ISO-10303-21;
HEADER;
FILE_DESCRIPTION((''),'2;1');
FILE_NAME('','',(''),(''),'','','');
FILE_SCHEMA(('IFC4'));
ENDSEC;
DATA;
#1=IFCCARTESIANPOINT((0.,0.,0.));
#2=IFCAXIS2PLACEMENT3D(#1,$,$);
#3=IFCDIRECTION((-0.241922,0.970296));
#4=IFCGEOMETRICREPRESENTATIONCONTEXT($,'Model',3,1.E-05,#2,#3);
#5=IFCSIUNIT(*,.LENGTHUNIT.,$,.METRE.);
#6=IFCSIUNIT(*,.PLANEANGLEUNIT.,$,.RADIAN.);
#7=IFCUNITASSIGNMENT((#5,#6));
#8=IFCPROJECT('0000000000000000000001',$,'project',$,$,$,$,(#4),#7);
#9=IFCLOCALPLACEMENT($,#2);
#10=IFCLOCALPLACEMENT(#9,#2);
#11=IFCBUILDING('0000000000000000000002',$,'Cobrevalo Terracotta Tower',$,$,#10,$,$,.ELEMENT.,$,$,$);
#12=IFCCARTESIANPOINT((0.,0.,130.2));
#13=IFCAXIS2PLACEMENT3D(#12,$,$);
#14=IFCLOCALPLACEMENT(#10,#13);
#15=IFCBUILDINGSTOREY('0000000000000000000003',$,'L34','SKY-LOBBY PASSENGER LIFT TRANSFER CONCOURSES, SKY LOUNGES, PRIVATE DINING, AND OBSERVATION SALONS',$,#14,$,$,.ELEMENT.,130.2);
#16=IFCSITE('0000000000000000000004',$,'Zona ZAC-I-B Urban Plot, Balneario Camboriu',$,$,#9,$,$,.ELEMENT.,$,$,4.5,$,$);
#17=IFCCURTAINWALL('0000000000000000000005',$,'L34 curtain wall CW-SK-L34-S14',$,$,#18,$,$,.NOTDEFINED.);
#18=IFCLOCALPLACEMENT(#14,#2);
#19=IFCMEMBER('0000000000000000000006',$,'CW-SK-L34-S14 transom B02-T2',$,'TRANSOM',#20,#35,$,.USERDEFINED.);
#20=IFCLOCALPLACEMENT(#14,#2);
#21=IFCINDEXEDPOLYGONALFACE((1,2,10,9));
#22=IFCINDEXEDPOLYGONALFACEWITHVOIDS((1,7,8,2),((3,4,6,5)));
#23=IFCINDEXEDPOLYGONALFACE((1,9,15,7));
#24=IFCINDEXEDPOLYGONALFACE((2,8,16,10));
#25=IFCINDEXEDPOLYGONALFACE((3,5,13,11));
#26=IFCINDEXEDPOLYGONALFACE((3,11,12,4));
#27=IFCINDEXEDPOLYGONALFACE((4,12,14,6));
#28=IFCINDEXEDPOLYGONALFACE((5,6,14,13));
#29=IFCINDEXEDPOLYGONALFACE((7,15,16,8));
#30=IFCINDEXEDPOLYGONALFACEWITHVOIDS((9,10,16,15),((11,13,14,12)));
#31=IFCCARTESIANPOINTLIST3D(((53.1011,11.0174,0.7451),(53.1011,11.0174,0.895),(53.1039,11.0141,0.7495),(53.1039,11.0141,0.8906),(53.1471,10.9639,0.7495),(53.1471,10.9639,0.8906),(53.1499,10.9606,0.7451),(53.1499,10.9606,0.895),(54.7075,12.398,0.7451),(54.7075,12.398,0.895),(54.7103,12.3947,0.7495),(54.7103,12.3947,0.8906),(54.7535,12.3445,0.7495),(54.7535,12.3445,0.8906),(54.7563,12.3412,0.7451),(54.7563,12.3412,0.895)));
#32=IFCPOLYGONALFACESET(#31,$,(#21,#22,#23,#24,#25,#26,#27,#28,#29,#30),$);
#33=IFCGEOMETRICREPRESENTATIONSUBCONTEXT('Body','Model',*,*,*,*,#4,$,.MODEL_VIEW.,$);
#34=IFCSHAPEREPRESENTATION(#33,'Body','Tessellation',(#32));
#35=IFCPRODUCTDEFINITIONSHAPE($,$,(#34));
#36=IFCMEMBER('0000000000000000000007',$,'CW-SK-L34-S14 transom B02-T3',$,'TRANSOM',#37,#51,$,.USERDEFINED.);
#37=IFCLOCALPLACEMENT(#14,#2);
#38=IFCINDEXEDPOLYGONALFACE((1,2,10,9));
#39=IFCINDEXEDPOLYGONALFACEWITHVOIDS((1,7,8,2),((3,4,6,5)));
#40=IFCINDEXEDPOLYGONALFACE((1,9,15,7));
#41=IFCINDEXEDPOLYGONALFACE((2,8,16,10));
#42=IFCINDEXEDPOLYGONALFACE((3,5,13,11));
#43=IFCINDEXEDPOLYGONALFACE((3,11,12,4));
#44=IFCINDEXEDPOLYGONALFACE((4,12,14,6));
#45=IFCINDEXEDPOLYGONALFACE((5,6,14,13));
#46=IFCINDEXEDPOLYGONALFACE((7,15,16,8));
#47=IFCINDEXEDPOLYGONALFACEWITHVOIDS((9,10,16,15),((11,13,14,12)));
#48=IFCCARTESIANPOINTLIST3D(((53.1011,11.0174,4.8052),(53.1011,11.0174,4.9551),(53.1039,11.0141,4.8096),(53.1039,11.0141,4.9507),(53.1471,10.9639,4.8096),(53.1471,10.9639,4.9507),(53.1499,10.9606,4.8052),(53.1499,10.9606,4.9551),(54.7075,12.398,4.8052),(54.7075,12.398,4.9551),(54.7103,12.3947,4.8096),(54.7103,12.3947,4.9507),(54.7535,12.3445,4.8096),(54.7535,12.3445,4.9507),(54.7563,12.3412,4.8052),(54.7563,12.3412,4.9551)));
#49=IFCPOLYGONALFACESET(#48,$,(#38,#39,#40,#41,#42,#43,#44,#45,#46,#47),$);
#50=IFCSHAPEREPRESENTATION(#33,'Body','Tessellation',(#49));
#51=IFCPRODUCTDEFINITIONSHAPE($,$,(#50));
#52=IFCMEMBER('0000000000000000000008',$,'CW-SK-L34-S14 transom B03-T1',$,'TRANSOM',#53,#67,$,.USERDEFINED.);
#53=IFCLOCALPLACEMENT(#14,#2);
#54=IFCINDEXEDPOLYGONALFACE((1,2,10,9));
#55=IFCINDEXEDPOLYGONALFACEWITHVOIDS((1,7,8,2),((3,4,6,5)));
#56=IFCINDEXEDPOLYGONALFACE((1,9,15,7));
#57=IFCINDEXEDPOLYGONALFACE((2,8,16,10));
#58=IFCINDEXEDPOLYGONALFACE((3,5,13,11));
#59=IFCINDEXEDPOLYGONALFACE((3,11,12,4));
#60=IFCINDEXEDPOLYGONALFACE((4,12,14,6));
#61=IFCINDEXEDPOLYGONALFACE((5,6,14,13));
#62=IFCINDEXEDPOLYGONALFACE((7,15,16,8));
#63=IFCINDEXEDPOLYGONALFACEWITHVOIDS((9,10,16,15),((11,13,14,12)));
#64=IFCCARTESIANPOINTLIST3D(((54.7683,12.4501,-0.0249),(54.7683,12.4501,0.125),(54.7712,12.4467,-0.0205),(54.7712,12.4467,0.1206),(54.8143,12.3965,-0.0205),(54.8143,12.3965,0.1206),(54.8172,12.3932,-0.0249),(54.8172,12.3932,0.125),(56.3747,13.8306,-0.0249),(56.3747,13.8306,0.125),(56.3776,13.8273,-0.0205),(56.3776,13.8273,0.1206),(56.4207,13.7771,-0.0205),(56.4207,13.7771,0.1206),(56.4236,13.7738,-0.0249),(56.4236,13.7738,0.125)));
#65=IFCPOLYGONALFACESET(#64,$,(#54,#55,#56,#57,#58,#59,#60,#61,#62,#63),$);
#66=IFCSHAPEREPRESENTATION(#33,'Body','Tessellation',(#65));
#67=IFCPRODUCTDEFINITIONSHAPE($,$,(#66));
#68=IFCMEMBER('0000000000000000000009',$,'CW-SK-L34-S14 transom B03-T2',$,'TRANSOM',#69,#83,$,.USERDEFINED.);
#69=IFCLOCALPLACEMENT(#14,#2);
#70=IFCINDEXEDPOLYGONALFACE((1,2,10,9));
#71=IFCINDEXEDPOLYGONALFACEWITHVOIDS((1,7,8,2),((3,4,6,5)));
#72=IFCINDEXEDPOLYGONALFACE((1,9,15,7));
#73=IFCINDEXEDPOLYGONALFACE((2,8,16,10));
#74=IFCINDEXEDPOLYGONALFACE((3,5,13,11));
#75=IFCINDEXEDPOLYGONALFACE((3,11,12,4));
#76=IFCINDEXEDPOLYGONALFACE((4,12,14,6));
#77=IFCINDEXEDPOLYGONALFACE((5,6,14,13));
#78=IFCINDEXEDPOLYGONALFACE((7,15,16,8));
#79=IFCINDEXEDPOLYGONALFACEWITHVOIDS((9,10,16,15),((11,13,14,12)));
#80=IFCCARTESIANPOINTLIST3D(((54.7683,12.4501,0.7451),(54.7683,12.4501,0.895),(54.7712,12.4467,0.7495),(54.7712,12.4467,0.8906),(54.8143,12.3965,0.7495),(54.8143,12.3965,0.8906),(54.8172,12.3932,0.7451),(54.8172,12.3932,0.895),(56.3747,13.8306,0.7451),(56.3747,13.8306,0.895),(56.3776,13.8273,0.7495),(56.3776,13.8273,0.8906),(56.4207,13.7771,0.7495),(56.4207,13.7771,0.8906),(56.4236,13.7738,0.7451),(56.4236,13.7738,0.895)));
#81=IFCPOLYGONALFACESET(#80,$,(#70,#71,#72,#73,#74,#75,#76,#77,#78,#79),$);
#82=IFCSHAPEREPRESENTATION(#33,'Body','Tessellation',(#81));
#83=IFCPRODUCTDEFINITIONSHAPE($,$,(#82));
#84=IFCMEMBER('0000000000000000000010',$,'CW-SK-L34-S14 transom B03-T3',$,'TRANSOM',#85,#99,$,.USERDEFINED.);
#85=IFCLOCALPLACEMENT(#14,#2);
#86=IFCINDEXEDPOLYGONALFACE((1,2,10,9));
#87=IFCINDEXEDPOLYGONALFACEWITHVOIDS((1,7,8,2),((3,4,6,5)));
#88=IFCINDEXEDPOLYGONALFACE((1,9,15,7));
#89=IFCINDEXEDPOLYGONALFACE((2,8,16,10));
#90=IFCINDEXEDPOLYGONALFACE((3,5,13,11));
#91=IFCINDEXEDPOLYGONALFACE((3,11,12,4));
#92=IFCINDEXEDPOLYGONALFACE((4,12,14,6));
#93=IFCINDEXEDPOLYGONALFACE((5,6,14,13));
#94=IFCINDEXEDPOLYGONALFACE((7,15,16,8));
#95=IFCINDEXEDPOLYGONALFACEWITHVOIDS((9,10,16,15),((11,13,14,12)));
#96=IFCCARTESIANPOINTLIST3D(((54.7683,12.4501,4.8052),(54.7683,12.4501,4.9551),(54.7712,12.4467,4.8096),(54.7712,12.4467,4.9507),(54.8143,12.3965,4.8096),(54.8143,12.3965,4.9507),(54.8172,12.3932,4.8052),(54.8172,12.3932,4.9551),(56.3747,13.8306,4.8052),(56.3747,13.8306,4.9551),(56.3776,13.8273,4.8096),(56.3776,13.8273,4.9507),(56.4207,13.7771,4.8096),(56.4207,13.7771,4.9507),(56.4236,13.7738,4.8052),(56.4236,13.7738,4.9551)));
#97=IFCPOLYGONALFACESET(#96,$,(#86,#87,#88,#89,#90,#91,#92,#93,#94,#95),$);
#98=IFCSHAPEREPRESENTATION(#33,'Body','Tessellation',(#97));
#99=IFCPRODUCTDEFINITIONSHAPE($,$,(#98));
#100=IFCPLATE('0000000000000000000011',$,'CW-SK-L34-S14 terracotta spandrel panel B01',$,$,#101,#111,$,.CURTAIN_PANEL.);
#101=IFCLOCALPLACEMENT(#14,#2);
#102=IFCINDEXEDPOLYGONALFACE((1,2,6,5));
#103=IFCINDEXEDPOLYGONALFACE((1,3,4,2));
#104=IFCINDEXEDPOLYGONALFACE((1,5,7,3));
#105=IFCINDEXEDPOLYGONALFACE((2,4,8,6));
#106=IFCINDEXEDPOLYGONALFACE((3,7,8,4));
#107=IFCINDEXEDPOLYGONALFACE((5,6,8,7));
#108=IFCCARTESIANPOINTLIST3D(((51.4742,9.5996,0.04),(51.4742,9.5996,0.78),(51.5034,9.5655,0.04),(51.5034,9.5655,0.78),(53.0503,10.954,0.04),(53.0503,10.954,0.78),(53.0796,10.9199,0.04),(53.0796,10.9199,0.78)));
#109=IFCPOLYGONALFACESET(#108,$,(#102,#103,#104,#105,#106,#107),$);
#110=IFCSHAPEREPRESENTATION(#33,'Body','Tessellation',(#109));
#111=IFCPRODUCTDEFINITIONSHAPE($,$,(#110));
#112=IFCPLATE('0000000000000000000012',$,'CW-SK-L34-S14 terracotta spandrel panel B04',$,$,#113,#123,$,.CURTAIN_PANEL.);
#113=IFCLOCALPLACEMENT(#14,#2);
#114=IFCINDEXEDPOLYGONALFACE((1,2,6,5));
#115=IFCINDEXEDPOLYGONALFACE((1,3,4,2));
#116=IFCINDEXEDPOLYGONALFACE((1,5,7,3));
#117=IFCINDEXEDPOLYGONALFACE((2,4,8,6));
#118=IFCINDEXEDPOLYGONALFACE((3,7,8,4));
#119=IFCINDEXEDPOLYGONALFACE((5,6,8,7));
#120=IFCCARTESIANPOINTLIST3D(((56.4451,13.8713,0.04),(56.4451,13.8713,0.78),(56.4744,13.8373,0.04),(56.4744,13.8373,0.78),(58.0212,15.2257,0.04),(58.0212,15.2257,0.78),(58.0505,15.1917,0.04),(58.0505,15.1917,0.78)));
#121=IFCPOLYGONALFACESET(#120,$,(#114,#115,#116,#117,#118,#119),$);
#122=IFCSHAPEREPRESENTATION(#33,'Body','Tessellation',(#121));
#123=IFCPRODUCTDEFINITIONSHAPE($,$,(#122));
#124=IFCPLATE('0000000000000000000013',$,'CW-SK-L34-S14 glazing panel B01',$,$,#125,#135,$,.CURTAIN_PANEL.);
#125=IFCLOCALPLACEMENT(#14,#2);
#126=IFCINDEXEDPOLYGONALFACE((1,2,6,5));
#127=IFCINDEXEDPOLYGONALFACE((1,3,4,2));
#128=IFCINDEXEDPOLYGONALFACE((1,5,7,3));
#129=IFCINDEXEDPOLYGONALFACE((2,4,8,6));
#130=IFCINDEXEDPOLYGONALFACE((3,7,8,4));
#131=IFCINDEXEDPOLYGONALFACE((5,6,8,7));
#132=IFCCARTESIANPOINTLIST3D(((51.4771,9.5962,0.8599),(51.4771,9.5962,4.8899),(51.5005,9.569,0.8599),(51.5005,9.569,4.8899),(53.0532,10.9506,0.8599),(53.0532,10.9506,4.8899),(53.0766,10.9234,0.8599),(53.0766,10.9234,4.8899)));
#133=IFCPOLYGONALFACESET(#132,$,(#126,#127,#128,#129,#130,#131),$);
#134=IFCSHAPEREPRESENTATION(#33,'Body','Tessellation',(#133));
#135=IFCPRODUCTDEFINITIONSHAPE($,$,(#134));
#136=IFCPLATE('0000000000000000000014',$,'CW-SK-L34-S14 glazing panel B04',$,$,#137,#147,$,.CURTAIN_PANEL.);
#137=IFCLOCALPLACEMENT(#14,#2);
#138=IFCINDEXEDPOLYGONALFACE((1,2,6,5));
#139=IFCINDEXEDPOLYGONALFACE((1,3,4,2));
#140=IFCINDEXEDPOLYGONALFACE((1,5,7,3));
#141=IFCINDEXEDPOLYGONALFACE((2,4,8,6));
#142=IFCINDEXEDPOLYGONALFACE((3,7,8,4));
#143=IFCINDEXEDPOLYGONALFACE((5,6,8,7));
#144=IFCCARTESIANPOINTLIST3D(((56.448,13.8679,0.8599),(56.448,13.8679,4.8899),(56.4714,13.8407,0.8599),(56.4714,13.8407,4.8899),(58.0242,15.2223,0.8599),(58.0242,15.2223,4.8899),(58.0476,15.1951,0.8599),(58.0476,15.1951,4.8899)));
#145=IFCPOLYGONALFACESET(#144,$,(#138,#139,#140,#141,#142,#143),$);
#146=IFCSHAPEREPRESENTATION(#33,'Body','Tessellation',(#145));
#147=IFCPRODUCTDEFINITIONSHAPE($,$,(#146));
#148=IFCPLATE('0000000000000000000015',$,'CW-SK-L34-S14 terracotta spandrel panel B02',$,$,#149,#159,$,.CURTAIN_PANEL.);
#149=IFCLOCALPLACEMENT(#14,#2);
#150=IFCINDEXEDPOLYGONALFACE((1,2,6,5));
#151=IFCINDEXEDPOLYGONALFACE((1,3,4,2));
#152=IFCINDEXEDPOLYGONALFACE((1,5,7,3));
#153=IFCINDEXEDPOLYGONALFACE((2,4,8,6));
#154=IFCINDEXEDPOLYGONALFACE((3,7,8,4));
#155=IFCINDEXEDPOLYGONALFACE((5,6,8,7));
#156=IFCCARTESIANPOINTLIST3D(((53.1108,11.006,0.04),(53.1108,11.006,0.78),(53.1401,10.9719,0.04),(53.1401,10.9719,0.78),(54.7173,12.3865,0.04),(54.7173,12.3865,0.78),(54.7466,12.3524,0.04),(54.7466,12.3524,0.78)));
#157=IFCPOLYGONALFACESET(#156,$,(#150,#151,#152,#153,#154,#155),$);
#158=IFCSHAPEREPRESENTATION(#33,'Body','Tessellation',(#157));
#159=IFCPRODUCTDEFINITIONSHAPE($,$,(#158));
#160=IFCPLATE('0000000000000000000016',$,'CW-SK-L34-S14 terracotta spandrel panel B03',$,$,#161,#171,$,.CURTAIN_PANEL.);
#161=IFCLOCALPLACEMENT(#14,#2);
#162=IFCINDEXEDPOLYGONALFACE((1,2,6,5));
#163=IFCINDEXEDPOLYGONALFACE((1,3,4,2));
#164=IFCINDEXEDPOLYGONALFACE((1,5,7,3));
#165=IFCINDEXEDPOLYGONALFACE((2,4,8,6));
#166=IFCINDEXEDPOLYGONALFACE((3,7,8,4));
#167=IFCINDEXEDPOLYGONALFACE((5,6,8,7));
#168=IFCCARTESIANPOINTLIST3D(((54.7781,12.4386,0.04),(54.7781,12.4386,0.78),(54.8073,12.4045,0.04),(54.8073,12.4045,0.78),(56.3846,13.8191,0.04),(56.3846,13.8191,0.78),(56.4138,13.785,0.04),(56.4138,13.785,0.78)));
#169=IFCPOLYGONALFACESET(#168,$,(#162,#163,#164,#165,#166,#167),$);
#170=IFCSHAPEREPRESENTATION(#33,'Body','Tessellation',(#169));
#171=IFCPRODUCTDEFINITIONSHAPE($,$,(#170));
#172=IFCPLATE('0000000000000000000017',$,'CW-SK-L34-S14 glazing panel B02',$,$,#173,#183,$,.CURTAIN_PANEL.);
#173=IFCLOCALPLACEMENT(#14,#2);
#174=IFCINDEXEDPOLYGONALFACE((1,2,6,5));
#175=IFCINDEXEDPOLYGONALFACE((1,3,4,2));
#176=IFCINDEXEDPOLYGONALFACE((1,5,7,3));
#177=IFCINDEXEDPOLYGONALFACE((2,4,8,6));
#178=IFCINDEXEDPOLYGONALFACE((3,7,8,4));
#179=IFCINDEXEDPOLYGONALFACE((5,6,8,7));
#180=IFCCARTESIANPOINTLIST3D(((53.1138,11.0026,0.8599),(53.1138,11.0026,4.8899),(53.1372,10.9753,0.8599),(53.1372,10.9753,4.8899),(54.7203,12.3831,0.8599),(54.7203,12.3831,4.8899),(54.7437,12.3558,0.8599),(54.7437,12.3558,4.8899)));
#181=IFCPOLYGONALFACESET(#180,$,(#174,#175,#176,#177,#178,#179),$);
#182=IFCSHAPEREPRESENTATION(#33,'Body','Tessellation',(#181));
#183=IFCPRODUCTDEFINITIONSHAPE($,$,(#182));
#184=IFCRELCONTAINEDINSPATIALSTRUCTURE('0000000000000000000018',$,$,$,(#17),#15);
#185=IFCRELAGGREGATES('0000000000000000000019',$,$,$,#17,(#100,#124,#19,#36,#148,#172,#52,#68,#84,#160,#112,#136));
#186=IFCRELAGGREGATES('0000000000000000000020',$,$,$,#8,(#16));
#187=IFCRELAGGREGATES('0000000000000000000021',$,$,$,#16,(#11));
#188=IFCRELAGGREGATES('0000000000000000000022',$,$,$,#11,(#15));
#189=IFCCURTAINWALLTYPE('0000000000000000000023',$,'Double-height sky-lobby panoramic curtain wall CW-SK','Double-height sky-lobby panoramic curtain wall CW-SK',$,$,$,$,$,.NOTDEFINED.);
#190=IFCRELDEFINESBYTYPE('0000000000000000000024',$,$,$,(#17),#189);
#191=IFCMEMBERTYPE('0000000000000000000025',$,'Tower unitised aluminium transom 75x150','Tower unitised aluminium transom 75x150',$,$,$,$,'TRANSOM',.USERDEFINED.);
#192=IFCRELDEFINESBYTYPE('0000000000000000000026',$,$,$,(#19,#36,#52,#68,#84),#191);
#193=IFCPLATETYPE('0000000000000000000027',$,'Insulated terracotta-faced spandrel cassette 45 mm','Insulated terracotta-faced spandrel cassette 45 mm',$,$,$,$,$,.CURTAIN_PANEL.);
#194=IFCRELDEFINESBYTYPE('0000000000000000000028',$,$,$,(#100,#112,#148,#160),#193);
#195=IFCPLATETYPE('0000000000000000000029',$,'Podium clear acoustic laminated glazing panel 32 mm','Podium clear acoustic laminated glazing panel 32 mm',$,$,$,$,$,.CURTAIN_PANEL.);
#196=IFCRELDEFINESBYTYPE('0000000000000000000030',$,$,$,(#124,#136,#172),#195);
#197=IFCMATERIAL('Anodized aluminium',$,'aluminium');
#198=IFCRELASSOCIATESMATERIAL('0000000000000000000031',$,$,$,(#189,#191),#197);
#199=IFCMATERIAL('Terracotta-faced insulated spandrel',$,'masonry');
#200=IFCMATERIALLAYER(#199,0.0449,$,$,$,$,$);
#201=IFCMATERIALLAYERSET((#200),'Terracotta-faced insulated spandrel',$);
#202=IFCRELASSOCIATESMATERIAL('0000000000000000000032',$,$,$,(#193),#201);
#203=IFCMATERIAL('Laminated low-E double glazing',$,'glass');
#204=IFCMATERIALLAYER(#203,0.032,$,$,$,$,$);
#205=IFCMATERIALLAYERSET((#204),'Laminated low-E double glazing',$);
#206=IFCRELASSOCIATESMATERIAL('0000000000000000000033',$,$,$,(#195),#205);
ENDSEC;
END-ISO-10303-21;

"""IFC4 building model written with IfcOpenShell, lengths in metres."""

from ifc_helpers import new_model, si_unit, direction, frame, origin, origin_2d, place, context, subcontext, project, spatial, rectangle, hollow_rectangle, extrude, source, transform, mapped, material, layer, layer_set, material_profile, profile_set, type_object, element, aggregate, save


model = new_model("IFC4")

# Units and contexts
model_context = context("Model", 3, precision=1e-05, world=origin(), true_north=direction((-0.241922, 0.970296)))
body_context = subcontext(model_context, "Body", "Model", "MODEL_VIEW")
ifc_project = project(units=[si_unit("LENGTHUNIT", "METRE"), si_unit("PLANEANGLEUNIT", "RADIAN")], contexts=[model_context])

# Site, building, storey
site_placement = place(None, origin())
site = spatial("IfcSite", under=ifc_project, at=site_placement, Name="Zona ZAC-I-B Urban Plot, Balneario Camboriu", CompositionType="ELEMENT", RefElevation=4.5)
building_placement = place(site_placement, origin())
building = spatial("IfcBuilding", under=site, at=building_placement, Name="Cobrevalo Terracotta Tower", CompositionType="ELEMENT")
storey_placement = place(building_placement, frame((0.0, 0.0, 130.2)))
storey = spatial("IfcBuildingStorey", under=building, at=storey_placement, Name="L34", Description="SKY-LOBBY PASSENGER LIFT TRANSFER CONCOURSES, SKY LOUNGES, PRIVATE DINING, AND OBSERVATION SALONS", CompositionType="ELEMENT", Elevation=130.2)

# Shared definitions
ifc_material_1 = material(Name="Anodized aluminium", Category="aluminium")
curtain_wall_type = type_object("IfcCurtainWallType", Name="Double-height sky-lobby panoramic curtain wall CW-SK", Description="Double-height sky-lobby panoramic curtain wall CW-SK", PredefinedType="NOTDEFINED", material=ifc_material_1)

# Curtain wall, members, plates
curtain_wall_1_placement = place(storey_placement, origin())
curtain_wall_1 = element("IfcCurtainWall", 1, at=curtain_wall_1_placement, inside=storey, type_object=curtain_wall_type, Name="L34 curtain wall CW-SK-L34-S14", PredefinedType="NOTDEFINED")
ifc_material_profile_1 = material_profile(ifc_material_1, hollow_rectangle(XDim=0.075, YDim=0.1499, WallThickness=0.0044, at=origin_2d()), Name="CWT 75x150")
ifc_profile_set_1 = profile_set([ifc_material_profile_1], Name="Anodized aluminium")
member_type_1 = type_object("IfcMemberType", Name="Tower unitised aluminium transom 75x150", Description="Tower unitised aluminium transom 75x150", ElementType="TRANSOM", PredefinedType="USERDEFINED", material=ifc_profile_set_1)
shared_shape_1 = source(origin(), body_context, "Body", "SweptSolid", [
    extrude(hollow_rectangle(XDim=0.075, YDim=0.1499, WallThickness=0.0044, at=origin_2d()), origin(), (0.0, 0.0, 1.0), 2.1182),
])
member_1_placement = place(storey_placement, frame((53.1255, 10.989, 0.8201), z_axis=(0.758402, 0.651787, 0.0), x_axis=(-0.651787, 0.758402, 0.0)))
member_1 = element("IfcMember", 2, at=member_1_placement, type_object=member_type_1, Name="CW-SK-L34-S14 transom B02-T2", ObjectType="TRANSOM", PredefinedType="USERDEFINED", context=body_context, shape_type="MappedRepresentation", body=[
    mapped(shared_shape_1, transform((0.0, 0.0, 0.0), scale=1.0)),
])
member_2_placement = place(storey_placement, frame((53.1255, 10.989, 4.8801), z_axis=(0.758402, 0.651787, 0.0), x_axis=(-0.651787, 0.758402, 0.0)))
member_2 = element("IfcMember", 3, at=member_2_placement, type_object=member_type_1, Name="CW-SK-L34-S14 transom B02-T3", ObjectType="TRANSOM", PredefinedType="USERDEFINED", context=body_context, shape_type="MappedRepresentation", body=[
    mapped(shared_shape_1, transform((0.0, 0.0, 0.0), scale=1.0)),
])
member_3_placement = place(storey_placement, frame((54.7927, 12.4216, 0.05), z_axis=(0.758402, 0.651787, 0.0), x_axis=(-0.651787, 0.758402, 0.0)))
member_3 = element("IfcMember", 4, at=member_3_placement, type_object=member_type_1, Name="CW-SK-L34-S14 transom B03-T1", ObjectType="TRANSOM", PredefinedType="USERDEFINED", context=body_context, shape_type="MappedRepresentation", body=[
    mapped(shared_shape_1, transform((0.0, 0.0, 0.0), scale=1.0)),
])
member_4_placement = place(storey_placement, frame((54.7927, 12.4216, 0.8201), z_axis=(0.758402, 0.651787, 0.0), x_axis=(-0.651787, 0.758402, 0.0)))
member_4 = element("IfcMember", 5, at=member_4_placement, type_object=member_type_1, Name="CW-SK-L34-S14 transom B03-T2", ObjectType="TRANSOM", PredefinedType="USERDEFINED", context=body_context, shape_type="MappedRepresentation", body=[
    mapped(shared_shape_1, transform((0.0, 0.0, 0.0), scale=1.0)),
])
member_5_placement = place(storey_placement, frame((54.7927, 12.4216, 4.8801), z_axis=(0.758402, 0.651787, 0.0), x_axis=(-0.651787, 0.758402, 0.0)))
member_5 = element("IfcMember", 6, at=member_5_placement, type_object=member_type_1, Name="CW-SK-L34-S14 transom B03-T3", ObjectType="TRANSOM", PredefinedType="USERDEFINED", context=body_context, shape_type="MappedRepresentation", body=[
    mapped(shared_shape_1, transform((0.0, 0.0, 0.0), scale=1.0)),
])
ifc_material_2 = material(Name="Terracotta-faced insulated spandrel", Category="masonry")
ifc_layer_1 = layer(ifc_material_2, 0.0449)
ifc_layer_set_1 = layer_set([ifc_layer_1], Name="Terracotta-faced insulated spandrel")
plate_type_1 = type_object("IfcPlateType", Name="Insulated terracotta-faced spandrel cassette 45 mm", Description="Insulated terracotta-faced spandrel cassette 45 mm", PredefinedType="CURTAIN_PANEL", material=ifc_layer_set_1)
shared_shape_2 = source(origin(), body_context, "Body", "SweptSolid", [
    extrude(rectangle(XDim=2.0781, YDim=0.0449, at=origin_2d()), origin(), (0.0, 0.0, 1.0), 0.74),
])
plate_1_placement = place(storey_placement, frame((52.2769, 10.2598, 0.04), z_axis=(0.0, 0.0, 1.0), x_axis=(0.758437, 0.651746, 0.0)))
plate_1 = element("IfcPlate", 7, at=plate_1_placement, type_object=plate_type_1, Name="CW-SK-L34-S14 terracotta spandrel panel B01", PredefinedType="CURTAIN_PANEL", context=body_context, shape_type="MappedRepresentation", body=[
    mapped(shared_shape_2, transform((0.0, 0.0, 0.0), scale=1.0)),
])
plate_2_placement = place(storey_placement, frame((57.2478, 14.5315, 0.04), z_axis=(0.0, 0.0, 1.0), x_axis=(0.758437, 0.651746, 0.0)))
plate_2 = element("IfcPlate", 8, at=plate_2_placement, type_object=plate_type_1, Name="CW-SK-L34-S14 terracotta spandrel panel B04", PredefinedType="CURTAIN_PANEL", context=body_context, shape_type="MappedRepresentation", body=[
    mapped(shared_shape_2, transform((0.0, 0.0, 0.0), scale=1.0)),
])
ifc_material_3 = material(Name="Laminated low-E double glazing", Category="glass")
ifc_layer_2 = layer(ifc_material_3, 0.032)
ifc_layer_set_2 = layer_set([ifc_layer_2], Name="Laminated low-E double glazing")
plate_type_2 = type_object("IfcPlateType", Name="Podium clear acoustic laminated glazing panel 32 mm", Description="Podium clear acoustic laminated glazing panel 32 mm", PredefinedType="CURTAIN_PANEL", material=ifc_layer_set_2)
shared_shape_3 = source(origin(), body_context, "Body", "SweptSolid", [
    extrude(rectangle(XDim=2.0781, YDim=0.0359, at=origin_2d()), origin(), (0.0, 0.0, 1.0), 4.03),
])
plate_3_placement = place(storey_placement, frame((52.2769, 10.2598, 0.8599), z_axis=(0.0, 0.0, 1.0), x_axis=(0.758437, 0.651746, 0.0)))
plate_3 = element("IfcPlate", 9, at=plate_3_placement, type_object=plate_type_2, Name="CW-SK-L34-S14 glazing panel B01", PredefinedType="CURTAIN_PANEL", context=body_context, shape_type="MappedRepresentation", body=[
    mapped(shared_shape_3, transform((0.0, 0.0, 0.0), scale=1.0)),
])
plate_4_placement = place(storey_placement, frame((57.2478, 14.5315, 0.8599), z_axis=(0.0, 0.0, 1.0), x_axis=(0.758437, 0.651746, 0.0)))
plate_4 = element("IfcPlate", 10, at=plate_4_placement, type_object=plate_type_2, Name="CW-SK-L34-S14 glazing panel B04", PredefinedType="CURTAIN_PANEL", context=body_context, shape_type="MappedRepresentation", body=[
    mapped(shared_shape_3, transform((0.0, 0.0, 0.0), scale=1.0)),
])
shared_shape_4 = source(origin(), body_context, "Body", "SweptSolid", [
    extrude(rectangle(XDim=2.1182, YDim=0.0449, at=origin_2d()), origin(), (0.0, 0.0, 1.0), 0.74),
])
plate_5_placement = place(storey_placement, frame((53.9287, 11.6792, 0.04), z_axis=(0.0, 0.0, 1.0), x_axis=(0.758437, 0.651746, 0.0)))
plate_5 = element("IfcPlate", 11, at=plate_5_placement, type_object=plate_type_1, Name="CW-SK-L34-S14 terracotta spandrel panel B02", PredefinedType="CURTAIN_PANEL", context=body_context, shape_type="MappedRepresentation", body=[
    mapped(shared_shape_4, transform((0.0, 0.0, 0.0), scale=1.0)),
])
plate_6_placement = place(storey_placement, frame((55.5959, 13.1118, 0.04), z_axis=(0.0, 0.0, 1.0), x_axis=(0.758437, 0.651746, 0.0)))
plate_6 = element("IfcPlate", 12, at=plate_6_placement, type_object=plate_type_1, Name="CW-SK-L34-S14 terracotta spandrel panel B03", PredefinedType="CURTAIN_PANEL", context=body_context, shape_type="MappedRepresentation", body=[
    mapped(shared_shape_4, transform((0.0, 0.0, 0.0), scale=1.0)),
])
shared_shape_5 = source(origin(), body_context, "Body", "SweptSolid", [
    extrude(rectangle(XDim=2.1182, YDim=0.0359, at=origin_2d()), origin(), (0.0, 0.0, 1.0), 4.03),
])
plate_7_placement = place(storey_placement, frame((53.9287, 11.6792, 0.8599), z_axis=(0.0, 0.0, 1.0), x_axis=(0.758437, 0.651746, 0.0)))
plate_7 = element("IfcPlate", 13, at=plate_7_placement, type_object=plate_type_2, Name="CW-SK-L34-S14 glazing panel B02", PredefinedType="CURTAIN_PANEL", context=body_context, shape_type="MappedRepresentation", body=[
    mapped(shared_shape_5, transform((0.0, 0.0, 0.0), scale=1.0)),
])
aggregate(curtain_wall_1, [plate_1, plate_3, member_1, member_2, plate_5, plate_7, member_3, member_4, member_5, plate_6, plate_2, plate_4])

save(model, "model.ifc")
